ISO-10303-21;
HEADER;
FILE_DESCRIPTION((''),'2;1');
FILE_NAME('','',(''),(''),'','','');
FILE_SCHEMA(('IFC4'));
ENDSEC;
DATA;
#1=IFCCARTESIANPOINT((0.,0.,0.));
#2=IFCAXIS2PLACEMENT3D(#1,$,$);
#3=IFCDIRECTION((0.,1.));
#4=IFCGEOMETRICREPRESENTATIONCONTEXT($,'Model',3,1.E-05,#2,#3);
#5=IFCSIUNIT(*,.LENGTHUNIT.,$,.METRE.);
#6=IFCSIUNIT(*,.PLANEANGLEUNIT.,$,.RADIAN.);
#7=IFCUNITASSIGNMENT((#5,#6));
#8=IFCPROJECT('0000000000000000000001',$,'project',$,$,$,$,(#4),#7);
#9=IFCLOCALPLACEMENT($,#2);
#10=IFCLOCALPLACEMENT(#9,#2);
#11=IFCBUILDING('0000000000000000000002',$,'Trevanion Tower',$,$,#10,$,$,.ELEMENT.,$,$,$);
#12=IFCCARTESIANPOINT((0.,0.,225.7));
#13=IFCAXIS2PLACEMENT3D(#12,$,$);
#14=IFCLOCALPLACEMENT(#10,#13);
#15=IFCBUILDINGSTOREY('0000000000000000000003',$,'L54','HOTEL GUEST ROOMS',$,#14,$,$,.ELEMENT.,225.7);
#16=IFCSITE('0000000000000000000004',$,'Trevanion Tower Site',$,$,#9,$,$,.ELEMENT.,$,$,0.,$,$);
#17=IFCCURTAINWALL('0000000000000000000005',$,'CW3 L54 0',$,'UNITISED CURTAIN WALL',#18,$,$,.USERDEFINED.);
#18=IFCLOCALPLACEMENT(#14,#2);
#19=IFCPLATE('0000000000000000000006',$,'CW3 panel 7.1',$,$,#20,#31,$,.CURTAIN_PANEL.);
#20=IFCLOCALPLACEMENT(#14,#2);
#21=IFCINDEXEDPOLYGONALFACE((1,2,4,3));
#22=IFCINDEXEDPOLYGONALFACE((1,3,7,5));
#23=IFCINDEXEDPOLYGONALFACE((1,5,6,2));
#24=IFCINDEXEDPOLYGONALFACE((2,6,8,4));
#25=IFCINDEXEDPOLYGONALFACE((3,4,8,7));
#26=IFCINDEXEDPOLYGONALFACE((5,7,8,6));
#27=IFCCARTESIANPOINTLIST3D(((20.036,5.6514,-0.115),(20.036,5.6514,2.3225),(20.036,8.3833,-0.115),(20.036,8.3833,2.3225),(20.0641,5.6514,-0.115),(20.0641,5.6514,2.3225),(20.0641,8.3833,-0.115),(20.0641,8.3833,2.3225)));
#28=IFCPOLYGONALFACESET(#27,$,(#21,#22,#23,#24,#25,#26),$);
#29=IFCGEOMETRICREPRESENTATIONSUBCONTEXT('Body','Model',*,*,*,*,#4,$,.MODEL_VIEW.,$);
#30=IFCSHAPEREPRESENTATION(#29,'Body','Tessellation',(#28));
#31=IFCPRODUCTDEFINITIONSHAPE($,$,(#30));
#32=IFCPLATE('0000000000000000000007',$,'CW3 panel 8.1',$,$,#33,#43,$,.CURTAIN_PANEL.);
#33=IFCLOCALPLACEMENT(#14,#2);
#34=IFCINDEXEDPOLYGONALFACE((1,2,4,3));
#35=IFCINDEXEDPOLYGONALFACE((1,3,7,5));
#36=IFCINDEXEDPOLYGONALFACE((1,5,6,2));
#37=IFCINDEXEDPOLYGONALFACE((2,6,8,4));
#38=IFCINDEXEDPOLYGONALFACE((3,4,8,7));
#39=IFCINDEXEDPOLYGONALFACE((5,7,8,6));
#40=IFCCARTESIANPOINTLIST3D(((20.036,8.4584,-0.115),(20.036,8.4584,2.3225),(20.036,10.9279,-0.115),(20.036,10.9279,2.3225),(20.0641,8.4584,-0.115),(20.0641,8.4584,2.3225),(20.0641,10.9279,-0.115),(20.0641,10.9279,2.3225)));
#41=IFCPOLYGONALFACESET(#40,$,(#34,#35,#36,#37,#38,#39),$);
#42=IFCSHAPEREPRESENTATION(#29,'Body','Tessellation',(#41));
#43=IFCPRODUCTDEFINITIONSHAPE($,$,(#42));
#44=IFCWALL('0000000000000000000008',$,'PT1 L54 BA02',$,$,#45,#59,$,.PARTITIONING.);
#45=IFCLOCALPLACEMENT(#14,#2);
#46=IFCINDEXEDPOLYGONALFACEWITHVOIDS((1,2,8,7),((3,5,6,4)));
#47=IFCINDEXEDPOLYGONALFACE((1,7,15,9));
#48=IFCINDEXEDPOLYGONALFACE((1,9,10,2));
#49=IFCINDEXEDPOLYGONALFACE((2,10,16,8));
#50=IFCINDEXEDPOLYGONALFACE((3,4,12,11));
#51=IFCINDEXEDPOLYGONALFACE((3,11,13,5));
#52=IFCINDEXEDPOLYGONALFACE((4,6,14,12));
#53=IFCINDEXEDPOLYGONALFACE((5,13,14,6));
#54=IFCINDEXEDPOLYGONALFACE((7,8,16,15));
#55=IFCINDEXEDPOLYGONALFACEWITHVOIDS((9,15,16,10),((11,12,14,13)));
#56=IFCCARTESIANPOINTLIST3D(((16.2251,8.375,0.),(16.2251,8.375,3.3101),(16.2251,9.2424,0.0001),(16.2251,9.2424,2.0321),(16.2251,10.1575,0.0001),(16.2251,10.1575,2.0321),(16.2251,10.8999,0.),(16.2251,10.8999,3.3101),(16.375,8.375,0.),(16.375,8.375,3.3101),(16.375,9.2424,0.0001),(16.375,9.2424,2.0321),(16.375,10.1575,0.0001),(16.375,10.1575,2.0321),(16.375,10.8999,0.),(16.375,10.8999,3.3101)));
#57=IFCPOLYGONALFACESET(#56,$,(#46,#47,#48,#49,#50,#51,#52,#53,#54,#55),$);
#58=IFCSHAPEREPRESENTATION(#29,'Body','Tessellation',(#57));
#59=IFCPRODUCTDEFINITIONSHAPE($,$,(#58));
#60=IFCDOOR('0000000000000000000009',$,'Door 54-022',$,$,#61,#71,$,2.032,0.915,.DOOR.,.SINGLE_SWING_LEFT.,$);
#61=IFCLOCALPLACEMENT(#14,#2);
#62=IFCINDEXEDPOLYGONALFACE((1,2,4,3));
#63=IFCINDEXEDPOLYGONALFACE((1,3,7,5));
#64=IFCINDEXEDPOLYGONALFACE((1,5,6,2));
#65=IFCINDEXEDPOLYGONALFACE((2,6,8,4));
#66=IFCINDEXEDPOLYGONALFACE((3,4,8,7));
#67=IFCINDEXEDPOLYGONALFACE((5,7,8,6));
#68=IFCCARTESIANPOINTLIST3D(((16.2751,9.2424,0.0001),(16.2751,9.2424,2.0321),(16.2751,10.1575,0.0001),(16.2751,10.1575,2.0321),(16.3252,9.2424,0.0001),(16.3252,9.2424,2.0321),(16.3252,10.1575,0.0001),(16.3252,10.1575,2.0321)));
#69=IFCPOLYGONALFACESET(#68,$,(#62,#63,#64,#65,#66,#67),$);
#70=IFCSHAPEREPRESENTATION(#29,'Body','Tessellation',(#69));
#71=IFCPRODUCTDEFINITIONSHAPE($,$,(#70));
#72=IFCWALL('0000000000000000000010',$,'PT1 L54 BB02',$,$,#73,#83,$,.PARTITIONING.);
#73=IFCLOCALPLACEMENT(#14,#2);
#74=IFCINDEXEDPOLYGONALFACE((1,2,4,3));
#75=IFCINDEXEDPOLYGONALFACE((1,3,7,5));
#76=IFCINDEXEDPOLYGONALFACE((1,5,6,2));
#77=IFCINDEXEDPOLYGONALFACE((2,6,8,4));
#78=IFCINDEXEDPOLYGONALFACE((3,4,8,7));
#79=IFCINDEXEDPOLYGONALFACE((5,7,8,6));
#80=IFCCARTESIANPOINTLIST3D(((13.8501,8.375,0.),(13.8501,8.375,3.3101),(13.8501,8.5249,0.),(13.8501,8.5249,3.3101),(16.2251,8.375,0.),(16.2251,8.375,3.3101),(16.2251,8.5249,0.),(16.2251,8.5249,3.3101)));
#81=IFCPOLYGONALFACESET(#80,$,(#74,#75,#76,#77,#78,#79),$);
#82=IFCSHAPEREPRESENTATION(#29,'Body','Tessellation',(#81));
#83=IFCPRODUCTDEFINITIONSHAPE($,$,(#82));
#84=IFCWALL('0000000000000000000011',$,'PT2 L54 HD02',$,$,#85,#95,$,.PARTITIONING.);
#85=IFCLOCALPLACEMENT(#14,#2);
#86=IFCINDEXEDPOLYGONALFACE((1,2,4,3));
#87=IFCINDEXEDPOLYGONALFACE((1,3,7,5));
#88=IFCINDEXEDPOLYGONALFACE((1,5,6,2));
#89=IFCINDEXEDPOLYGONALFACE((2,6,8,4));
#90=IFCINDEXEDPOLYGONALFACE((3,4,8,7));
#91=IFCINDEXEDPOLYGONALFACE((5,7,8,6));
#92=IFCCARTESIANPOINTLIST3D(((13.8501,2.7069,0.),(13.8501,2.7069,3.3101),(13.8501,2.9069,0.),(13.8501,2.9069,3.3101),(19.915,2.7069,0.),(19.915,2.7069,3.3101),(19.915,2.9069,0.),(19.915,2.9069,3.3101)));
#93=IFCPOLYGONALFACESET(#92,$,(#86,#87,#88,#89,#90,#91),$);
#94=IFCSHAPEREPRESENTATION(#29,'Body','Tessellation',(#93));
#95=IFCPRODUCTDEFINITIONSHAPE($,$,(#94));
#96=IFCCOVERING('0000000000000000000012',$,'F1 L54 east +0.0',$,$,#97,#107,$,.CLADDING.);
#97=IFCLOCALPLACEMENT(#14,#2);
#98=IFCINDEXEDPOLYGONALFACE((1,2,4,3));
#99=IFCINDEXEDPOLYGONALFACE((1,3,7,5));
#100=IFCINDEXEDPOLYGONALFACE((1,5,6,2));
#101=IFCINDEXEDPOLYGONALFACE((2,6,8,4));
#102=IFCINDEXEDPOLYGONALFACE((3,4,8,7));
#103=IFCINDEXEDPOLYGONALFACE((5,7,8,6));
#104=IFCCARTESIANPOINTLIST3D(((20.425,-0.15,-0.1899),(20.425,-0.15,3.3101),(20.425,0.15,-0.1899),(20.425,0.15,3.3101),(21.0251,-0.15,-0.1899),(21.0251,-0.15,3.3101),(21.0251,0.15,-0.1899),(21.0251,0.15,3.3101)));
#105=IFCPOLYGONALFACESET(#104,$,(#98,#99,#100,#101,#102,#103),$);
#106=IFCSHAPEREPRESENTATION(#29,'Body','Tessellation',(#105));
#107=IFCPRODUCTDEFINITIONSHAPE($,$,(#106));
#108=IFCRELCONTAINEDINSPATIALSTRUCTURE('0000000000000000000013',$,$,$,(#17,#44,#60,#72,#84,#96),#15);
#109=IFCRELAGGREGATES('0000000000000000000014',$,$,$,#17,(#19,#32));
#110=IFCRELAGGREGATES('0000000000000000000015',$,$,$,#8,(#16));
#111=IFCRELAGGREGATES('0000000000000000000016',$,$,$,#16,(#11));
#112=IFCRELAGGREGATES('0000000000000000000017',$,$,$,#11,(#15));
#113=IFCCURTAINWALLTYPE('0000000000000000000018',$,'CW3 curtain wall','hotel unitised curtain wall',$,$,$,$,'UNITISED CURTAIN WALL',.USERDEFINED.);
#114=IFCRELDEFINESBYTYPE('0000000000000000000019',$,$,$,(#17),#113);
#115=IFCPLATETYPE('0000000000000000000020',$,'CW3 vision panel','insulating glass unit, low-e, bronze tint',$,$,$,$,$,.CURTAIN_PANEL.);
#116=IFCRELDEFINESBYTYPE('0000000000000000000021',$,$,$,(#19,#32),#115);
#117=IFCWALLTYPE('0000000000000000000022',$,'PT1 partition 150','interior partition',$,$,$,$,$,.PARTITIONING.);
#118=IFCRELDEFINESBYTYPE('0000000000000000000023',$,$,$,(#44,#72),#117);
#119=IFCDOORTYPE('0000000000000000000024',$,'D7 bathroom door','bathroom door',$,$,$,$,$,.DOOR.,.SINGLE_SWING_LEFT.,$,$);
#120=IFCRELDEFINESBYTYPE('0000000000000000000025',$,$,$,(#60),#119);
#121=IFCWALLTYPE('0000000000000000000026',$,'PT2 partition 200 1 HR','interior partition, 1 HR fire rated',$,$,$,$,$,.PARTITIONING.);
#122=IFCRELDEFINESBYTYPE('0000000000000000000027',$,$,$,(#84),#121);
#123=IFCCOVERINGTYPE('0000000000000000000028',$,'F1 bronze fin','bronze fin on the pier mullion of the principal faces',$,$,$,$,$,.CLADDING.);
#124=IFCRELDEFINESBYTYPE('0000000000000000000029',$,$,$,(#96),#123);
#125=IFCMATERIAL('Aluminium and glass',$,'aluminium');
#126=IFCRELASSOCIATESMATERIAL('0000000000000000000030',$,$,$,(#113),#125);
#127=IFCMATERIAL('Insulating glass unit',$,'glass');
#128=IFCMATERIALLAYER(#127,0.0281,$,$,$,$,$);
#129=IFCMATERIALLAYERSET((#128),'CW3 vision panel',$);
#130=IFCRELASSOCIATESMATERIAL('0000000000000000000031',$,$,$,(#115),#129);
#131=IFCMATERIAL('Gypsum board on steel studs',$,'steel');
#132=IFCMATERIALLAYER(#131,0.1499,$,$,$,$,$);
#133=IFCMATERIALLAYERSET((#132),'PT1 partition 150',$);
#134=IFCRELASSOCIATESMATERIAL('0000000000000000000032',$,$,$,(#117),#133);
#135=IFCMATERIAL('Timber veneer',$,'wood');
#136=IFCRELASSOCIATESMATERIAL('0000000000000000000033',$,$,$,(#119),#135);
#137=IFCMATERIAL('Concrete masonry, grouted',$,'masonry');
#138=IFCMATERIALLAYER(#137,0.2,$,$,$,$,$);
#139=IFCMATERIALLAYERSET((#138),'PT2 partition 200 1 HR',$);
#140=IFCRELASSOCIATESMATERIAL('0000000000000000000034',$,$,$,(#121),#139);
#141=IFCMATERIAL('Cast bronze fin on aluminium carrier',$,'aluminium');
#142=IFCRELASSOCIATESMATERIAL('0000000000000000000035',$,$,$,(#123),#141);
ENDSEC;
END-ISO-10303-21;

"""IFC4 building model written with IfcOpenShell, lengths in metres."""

from ifc_helpers import new_model, si_unit, direction, frame, frame_2d, origin, origin_2d, place, context, subcontext, project, spatial, rectangle, extrude, material, layer, layer_set, type_object, element, fill, aggregate, save


model = new_model("IFC4")

# Units and contexts
model_context = context("Model", 3, precision=1e-05, world=origin(), true_north=direction((0.0, 1.0)))
body_context = subcontext(model_context, "Body", "Model", "MODEL_VIEW")
ifc_project = project(units=[si_unit("LENGTHUNIT", "METRE"), si_unit("PLANEANGLEUNIT", "RADIAN")], contexts=[model_context])

# Site, building, storey
site_placement = place(None, origin())
site = spatial("IfcSite", under=ifc_project, at=site_placement, Name="Trevanion Tower Site", CompositionType="ELEMENT", RefElevation=0.0)
building_placement = place(site_placement, origin())
building = spatial("IfcBuilding", under=site, at=building_placement, Name="Trevanion Tower", CompositionType="ELEMENT")
storey_placement = place(building_placement, frame((0.0, 0.0, 225.7)))
storey = spatial("IfcBuildingStorey", under=building, at=storey_placement, Name="L54", Description="HOTEL GUEST ROOMS", CompositionType="ELEMENT", Elevation=225.7)

# Curtain wall
ifc_material_1 = material(Name="Aluminium and glass", Category="aluminium")
curtain_wall_type = type_object("IfcCurtainWallType", Name="CW3 curtain wall", Description="hotel unitised curtain wall", ElementType="UNITISED CURTAIN WALL", PredefinedType="USERDEFINED", material=ifc_material_1)
curtain_wall_placement = place(storey_placement, origin())
curtain_wall = element("IfcCurtainWall", 1, at=curtain_wall_placement, inside=storey, type_object=curtain_wall_type, Name="CW3 L54 0", ObjectType="UNITISED CURTAIN WALL", PredefinedType="USERDEFINED")

# Plates
ifc_material_2 = material(Name="Insulating glass unit", Category="glass")
ifc_layer_1 = layer(ifc_material_2, 0.0281)
ifc_layer_set_1 = layer_set([ifc_layer_1], Name="CW3 vision panel")
plate_type_1 = type_object("IfcPlateType", Name="CW3 vision panel", Description="insulating glass unit, low-e, bronze tint", PredefinedType="CURTAIN_PANEL", material=ifc_layer_set_1)
plate_1_placement = place(storey_placement, frame((20.05, 7.0173, -0.115), z_axis=(0.0, 0.0, 1.0), x_axis=(0.0, 1.0, 0.0)))
plate_1 = element("IfcPlate", 2, at=plate_1_placement, type_object=plate_type_1, Name="CW3 panel 7.1", PredefinedType="CURTAIN_PANEL", context=body_context, shape_type="SweptSolid", body=[
    extrude(rectangle(XDim=2.7319, YDim=0.0281, at=origin_2d()), origin(), (0.0, 0.0, 1.0), 2.4375),
])
plate_2_placement = place(storey_placement, frame((20.05, 9.6931, -0.115), z_axis=(0.0, 0.0, 1.0), x_axis=(0.0, 1.0, 0.0)))
plate_2 = element("IfcPlate", 3, at=plate_2_placement, type_object=plate_type_1, Name="CW3 panel 8.1", PredefinedType="CURTAIN_PANEL", context=body_context, shape_type="SweptSolid", body=[
    extrude(rectangle(XDim=2.4695, YDim=0.0281, at=origin_2d()), origin(), (0.0, 0.0, 1.0), 2.4375),
])
aggregate(curtain_wall, [plate_1, plate_2])

# Wall, opening, door
ifc_material_3 = material(Name="Gypsum board on steel studs", Category="steel")
ifc_layer_2 = layer(ifc_material_3, 0.1499)
ifc_layer_set_2 = layer_set([ifc_layer_2], Name="PT1 partition 150")
wall_type_1 = type_object("IfcWallType", Name="PT1 partition 150", Description="interior partition", PredefinedType="PARTITIONING", material=ifc_layer_set_2)
wall_1_placement = place(storey_placement, frame((16.3, 8.375, 0.0), z_axis=(0.0, 0.0, 1.0), x_axis=(0.0, 1.0, 0.0)))
wall_1 = element("IfcWall", 4, at=wall_1_placement, inside=storey, type_object=wall_type_1, Name="PT1 L54 BA02", PredefinedType="PARTITIONING", context=body_context, shape_type="SweptSolid", body=[
    extrude(rectangle(XDim=2.5249, YDim=0.1499, at=frame_2d((1.2625, 0.0))), origin(), (0.0, 0.0, 1.0), 3.3101),
])
opening_placement = place(wall_1_placement, frame((0.8674, 0.0, 0.0)))
opening = element("IfcOpeningElement", 5, at=opening_placement, cuts=wall_1, PredefinedType="OPENING", context=body_context, shape_type="SweptSolid", body=[
    extrude(rectangle(XDim=0.915, YDim=2.032, at=frame_2d((0.4575, 1.0161))), frame((0.0, 0.085, 0.0), z_axis=(0.0, -1.0, 0.0), x_axis=(1.0, 0.0, 0.0)), (0.0, 0.0, 1.0), 0.1699),
])
ifc_material_4 = material(Name="Timber veneer", Category="wood")
door_type = type_object("IfcDoorType", Name="D7 bathroom door", Description="bathroom door", OperationType="SINGLE_SWING_LEFT", PredefinedType="DOOR", material=ifc_material_4)
door_placement = place(opening_placement, origin())
door = element("IfcDoor", 6, at=door_placement, inside=storey, type_object=door_type, Name="Door 54-022", OperationType="SINGLE_SWING_LEFT", OverallHeight=2.032, OverallWidth=0.915, PredefinedType="DOOR", context=body_context, shape_type="SweptSolid", body=[
    extrude(rectangle(XDim=0.915, YDim=2.032, at=frame_2d((0.4575, 1.0161))), frame((0.0, 0.0249, 0.0), z_axis=(0.0, -1.0, 0.0), x_axis=(1.0, 0.0, 0.0)), (0.0, 0.0, 1.0), 0.05),
])
fill(opening, door)

# Walls
wall_2_placement = place(storey_placement, frame((13.8501, 8.45, 0.0), z_axis=(0.0, 0.0, 1.0), x_axis=(1.0, 0.0, 0.0)))
element("IfcWall", 7, at=wall_2_placement, inside=storey, type_object=wall_type_1, Name="PT1 L54 BB02", PredefinedType="PARTITIONING", context=body_context, shape_type="SweptSolid", body=[
    extrude(rectangle(XDim=2.375, YDim=0.1499, at=frame_2d((1.1875, 0.0))), origin(), (0.0, 0.0, 1.0), 3.3101),
])
ifc_material_5 = material(Name="Concrete masonry, grouted", Category="masonry")
ifc_layer_3 = layer(ifc_material_5, 0.2)
ifc_layer_set_3 = layer_set([ifc_layer_3], Name="PT2 partition 200 1 HR")
wall_type_2 = type_object("IfcWallType", Name="PT2 partition 200 1 HR", Description="interior partition, 1 HR fire rated", PredefinedType="PARTITIONING", material=ifc_layer_set_3)
wall_3_placement = place(storey_placement, frame((13.8501, 2.8069, 0.0), z_axis=(0.0, 0.0, 1.0), x_axis=(1.0, 0.0, 0.0)))
element("IfcWall", 8, at=wall_3_placement, inside=storey, type_object=wall_type_2, Name="PT2 L54 HD02", PredefinedType="PARTITIONING", context=body_context, shape_type="SweptSolid", body=[
    extrude(rectangle(XDim=6.0649, YDim=0.2, at=frame_2d((3.0325, 0.0))), origin(), (0.0, 0.0, 1.0), 3.3101),
])

# Covering
ifc_material_6 = material(Name="Cast bronze fin on aluminium carrier", Category="aluminium")
covering_type = type_object("IfcCoveringType", Name="F1 bronze fin", Description="bronze fin on the pier mullion of the principal faces", PredefinedType="CLADDING", material=ifc_material_6)
covering_placement = place(storey_placement, frame((20.7251, 0.0, -0.1899), z_axis=(0.0, 0.0, 1.0), x_axis=(0.0, 1.0, 0.0)))
element("IfcCovering", 9, at=covering_placement, inside=storey, type_object=covering_type, Name="F1 L54 east +0.0", PredefinedType="CLADDING", context=body_context, shape_type="SweptSolid", body=[
    extrude(rectangle(XDim=0.3, YDim=0.6001, at=origin_2d()), origin(), (0.0, 0.0, 1.0), 3.5),
])

save(model, "model.ifc")
